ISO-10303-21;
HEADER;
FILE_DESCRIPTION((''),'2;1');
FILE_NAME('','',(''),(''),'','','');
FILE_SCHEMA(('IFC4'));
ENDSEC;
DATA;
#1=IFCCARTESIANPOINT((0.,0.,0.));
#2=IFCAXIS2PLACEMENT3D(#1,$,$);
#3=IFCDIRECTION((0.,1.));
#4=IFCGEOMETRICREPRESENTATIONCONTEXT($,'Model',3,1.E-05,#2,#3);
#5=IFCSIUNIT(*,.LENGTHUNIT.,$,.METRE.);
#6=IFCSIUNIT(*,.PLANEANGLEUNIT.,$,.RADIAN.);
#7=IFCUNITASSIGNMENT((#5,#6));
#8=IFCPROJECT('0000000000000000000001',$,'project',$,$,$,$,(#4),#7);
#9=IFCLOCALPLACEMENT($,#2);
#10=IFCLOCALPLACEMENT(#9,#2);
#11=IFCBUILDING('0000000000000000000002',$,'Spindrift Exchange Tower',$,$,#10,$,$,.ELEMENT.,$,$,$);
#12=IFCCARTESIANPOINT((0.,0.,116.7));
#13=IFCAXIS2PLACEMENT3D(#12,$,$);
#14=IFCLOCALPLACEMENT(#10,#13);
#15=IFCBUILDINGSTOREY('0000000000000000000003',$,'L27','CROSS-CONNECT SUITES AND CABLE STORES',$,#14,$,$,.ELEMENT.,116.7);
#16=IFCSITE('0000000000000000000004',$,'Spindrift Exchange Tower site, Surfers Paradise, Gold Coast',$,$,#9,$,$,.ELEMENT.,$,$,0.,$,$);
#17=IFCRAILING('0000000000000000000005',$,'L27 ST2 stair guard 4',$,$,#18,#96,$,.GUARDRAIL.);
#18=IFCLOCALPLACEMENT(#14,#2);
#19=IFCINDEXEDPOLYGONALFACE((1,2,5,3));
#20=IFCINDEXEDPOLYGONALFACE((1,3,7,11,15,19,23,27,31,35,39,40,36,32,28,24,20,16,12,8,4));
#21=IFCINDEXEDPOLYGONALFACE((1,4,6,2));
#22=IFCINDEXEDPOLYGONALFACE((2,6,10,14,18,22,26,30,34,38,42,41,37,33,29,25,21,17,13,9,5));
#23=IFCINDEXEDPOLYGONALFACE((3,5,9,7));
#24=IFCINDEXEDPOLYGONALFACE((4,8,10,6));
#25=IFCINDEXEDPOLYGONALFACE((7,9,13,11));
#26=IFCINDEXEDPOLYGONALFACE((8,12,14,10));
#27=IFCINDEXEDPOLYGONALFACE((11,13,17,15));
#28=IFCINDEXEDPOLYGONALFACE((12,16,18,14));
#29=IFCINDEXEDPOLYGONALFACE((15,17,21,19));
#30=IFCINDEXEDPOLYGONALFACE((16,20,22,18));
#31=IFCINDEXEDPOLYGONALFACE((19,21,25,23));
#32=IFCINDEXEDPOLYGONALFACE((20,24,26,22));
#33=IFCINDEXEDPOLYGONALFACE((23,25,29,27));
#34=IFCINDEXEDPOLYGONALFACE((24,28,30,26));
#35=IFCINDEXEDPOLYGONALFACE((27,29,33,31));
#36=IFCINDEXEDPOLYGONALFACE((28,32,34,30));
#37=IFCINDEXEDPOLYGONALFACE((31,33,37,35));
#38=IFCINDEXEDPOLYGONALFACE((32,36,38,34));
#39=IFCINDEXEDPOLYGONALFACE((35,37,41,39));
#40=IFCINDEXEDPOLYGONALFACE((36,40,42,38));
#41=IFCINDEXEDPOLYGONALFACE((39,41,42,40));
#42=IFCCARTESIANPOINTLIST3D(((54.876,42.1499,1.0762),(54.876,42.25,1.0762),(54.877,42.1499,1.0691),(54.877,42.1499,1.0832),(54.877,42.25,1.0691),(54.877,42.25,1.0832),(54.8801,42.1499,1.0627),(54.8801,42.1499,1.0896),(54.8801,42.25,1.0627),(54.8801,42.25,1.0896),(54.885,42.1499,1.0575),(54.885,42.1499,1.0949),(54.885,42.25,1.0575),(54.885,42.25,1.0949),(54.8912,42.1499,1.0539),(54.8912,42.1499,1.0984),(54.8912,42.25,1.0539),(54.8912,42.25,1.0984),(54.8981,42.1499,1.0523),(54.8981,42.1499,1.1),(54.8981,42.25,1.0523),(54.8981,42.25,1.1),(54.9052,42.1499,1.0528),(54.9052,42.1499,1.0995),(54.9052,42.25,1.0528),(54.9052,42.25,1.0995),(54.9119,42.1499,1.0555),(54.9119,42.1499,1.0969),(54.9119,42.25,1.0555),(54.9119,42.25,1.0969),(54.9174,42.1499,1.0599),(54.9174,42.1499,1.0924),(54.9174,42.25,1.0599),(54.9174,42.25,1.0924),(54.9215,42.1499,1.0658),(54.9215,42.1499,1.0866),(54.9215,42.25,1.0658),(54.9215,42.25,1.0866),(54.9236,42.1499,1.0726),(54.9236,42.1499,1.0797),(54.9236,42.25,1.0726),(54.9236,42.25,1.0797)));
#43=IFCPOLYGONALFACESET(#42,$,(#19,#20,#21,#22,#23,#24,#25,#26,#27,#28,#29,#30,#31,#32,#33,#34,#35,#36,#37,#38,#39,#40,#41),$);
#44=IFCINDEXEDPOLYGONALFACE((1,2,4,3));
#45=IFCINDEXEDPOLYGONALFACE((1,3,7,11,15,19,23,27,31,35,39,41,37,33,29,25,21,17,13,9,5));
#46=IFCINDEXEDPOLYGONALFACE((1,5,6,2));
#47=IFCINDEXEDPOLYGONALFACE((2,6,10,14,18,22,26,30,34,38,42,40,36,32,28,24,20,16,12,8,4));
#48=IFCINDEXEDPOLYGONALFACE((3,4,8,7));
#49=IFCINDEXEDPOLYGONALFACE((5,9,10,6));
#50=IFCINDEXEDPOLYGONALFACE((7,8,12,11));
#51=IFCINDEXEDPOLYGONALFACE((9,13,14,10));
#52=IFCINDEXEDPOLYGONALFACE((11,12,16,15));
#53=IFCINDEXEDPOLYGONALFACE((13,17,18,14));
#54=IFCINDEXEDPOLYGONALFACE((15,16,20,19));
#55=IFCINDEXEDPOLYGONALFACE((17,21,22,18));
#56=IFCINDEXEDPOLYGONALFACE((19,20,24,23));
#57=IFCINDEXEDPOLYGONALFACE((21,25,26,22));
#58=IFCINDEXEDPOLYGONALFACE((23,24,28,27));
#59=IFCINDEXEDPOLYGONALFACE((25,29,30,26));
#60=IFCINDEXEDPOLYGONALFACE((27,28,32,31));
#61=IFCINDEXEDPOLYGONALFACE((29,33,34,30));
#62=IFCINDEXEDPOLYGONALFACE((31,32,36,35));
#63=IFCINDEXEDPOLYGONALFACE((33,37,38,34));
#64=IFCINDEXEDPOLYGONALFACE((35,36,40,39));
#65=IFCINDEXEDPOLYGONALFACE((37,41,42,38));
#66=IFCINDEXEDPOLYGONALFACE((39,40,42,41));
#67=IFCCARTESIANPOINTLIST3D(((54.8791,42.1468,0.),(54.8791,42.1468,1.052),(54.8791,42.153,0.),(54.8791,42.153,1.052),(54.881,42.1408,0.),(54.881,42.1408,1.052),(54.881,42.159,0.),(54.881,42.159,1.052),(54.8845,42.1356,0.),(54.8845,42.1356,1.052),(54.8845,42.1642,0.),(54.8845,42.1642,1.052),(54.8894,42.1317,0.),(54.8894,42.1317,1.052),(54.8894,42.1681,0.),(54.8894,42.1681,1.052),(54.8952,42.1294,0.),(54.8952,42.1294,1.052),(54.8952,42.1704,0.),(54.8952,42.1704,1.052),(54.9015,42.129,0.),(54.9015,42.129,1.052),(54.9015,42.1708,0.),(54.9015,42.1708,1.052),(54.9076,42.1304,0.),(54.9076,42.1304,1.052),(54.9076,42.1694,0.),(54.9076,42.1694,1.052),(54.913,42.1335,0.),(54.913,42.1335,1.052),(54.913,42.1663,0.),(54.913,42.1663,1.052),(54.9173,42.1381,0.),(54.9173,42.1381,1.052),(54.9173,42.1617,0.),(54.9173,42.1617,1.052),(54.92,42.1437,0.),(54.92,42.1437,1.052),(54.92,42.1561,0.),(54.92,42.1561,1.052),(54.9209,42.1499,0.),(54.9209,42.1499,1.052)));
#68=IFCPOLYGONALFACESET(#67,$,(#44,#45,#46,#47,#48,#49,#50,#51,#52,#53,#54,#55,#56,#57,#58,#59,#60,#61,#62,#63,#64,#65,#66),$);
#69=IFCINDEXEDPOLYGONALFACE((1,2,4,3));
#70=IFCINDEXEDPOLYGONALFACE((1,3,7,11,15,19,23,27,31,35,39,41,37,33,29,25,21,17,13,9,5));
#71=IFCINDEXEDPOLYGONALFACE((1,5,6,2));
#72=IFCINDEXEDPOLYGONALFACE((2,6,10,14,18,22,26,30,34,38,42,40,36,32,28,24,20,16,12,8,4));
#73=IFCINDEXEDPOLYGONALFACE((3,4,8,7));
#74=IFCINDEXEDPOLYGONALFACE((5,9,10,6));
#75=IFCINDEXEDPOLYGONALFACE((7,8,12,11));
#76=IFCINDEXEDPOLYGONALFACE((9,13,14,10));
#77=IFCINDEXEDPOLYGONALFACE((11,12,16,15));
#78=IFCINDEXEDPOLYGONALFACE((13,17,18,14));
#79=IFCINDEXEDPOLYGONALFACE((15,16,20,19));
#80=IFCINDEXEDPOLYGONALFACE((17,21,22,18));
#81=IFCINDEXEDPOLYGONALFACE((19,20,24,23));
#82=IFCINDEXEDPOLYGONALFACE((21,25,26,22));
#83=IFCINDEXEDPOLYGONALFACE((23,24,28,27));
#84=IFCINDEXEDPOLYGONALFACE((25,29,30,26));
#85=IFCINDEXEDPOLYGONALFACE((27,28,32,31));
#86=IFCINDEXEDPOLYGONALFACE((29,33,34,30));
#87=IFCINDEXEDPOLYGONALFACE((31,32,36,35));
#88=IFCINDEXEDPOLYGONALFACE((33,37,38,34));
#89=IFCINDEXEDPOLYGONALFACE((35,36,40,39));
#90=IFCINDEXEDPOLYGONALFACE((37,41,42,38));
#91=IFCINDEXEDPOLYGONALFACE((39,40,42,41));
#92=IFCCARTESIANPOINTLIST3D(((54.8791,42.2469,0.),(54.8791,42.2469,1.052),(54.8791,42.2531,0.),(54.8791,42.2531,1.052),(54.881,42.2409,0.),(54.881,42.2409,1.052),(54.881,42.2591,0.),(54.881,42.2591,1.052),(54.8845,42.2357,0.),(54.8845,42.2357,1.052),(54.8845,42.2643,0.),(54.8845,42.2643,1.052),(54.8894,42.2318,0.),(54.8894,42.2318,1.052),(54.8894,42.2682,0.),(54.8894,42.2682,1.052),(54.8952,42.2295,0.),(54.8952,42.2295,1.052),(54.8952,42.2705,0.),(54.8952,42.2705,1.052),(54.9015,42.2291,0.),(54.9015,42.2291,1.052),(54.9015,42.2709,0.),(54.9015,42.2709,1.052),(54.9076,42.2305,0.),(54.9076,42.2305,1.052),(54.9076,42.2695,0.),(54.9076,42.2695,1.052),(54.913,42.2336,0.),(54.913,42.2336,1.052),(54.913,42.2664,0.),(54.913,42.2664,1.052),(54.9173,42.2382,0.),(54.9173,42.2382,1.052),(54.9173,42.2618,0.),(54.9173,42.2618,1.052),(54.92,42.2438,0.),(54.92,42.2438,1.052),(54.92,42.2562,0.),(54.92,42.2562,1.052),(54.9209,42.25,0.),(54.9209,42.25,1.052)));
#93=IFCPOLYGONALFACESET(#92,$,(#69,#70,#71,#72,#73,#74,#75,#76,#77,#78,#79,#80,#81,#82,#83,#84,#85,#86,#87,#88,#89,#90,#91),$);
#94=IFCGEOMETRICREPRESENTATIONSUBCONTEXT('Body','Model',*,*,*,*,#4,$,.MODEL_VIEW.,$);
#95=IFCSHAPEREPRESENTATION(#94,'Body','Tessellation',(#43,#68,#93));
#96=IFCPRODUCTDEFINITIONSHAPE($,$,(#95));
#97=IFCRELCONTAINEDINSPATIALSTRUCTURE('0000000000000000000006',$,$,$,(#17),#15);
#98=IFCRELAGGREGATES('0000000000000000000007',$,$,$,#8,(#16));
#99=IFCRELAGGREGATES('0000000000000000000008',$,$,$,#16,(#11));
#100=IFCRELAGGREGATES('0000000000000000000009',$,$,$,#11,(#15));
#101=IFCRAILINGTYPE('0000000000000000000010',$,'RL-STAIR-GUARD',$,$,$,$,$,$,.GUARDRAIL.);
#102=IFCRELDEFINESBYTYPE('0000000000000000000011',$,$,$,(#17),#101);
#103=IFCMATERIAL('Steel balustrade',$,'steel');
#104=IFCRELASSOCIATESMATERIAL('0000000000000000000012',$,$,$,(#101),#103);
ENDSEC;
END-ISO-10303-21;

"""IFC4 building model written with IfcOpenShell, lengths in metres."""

from ifc_helpers import new_model, si_unit, direction, frame, origin, origin_2d, place, context, subcontext, project, spatial, circle, extrude, material, type_object, element, save


model = new_model("IFC4")

# Units and contexts
model_context = context("Model", 3, precision=1e-05, world=origin(), true_north=direction((0.0, 1.0)))
body_context = subcontext(model_context, "Body", "Model", "MODEL_VIEW")
ifc_project = project(units=[si_unit("LENGTHUNIT", "METRE"), si_unit("PLANEANGLEUNIT", "RADIAN")], contexts=[model_context])

# Site, building, storey
site_placement = place(None, origin())
site = spatial("IfcSite", under=ifc_project, at=site_placement, Name="Spindrift Exchange Tower site, Surfers Paradise, Gold Coast", CompositionType="ELEMENT", RefElevation=0.0)
building_placement = place(site_placement, origin())
building = spatial("IfcBuilding", under=site, at=building_placement, Name="Spindrift Exchange Tower", CompositionType="ELEMENT")
storey_placement = place(building_placement, frame((0.0, 0.0, 116.7)))
storey = spatial("IfcBuildingStorey", under=building, at=storey_placement, Name="L27", Description="CROSS-CONNECT SUITES AND CABLE STORES", CompositionType="ELEMENT", Elevation=116.7)

# Railing
ifc_material_1 = material(Name="Steel balustrade", Category="steel")
railing_type_1 = type_object("IfcRailingType", Name="RL-STAIR-GUARD", PredefinedType="GUARDRAIL", material=ifc_material_1)
railing_1_placement = place(storey_placement, frame((54.8999, 42.1499, 0.0)))
element("IfcRailing", 1, at=railing_1_placement, inside=storey, type_object=railing_type_1, Name="L27 ST2 stair guard 4", PredefinedType="GUARDRAIL", context=body_context, shape_type="SweptSolid", body=[
    extrude(circle(Radius=0.0239, at=origin_2d()), frame((0.0, 0.0, 1.0762), z_axis=(0.0, 1.0, 0.0), x_axis=(-1.0, 0.0, 0.0)), (0.0, 0.0, 1.0), 0.1001),
    extrude(circle(Radius=0.021, at=origin_2d()), origin(), (0.0, 0.0, 1.0), 1.052),
    extrude(circle(Radius=0.021, at=origin_2d()), frame((0.0, 0.1001, 0.0)), (0.0, 0.0, 1.0), 1.052),
])

save(model, "model.ifc")
